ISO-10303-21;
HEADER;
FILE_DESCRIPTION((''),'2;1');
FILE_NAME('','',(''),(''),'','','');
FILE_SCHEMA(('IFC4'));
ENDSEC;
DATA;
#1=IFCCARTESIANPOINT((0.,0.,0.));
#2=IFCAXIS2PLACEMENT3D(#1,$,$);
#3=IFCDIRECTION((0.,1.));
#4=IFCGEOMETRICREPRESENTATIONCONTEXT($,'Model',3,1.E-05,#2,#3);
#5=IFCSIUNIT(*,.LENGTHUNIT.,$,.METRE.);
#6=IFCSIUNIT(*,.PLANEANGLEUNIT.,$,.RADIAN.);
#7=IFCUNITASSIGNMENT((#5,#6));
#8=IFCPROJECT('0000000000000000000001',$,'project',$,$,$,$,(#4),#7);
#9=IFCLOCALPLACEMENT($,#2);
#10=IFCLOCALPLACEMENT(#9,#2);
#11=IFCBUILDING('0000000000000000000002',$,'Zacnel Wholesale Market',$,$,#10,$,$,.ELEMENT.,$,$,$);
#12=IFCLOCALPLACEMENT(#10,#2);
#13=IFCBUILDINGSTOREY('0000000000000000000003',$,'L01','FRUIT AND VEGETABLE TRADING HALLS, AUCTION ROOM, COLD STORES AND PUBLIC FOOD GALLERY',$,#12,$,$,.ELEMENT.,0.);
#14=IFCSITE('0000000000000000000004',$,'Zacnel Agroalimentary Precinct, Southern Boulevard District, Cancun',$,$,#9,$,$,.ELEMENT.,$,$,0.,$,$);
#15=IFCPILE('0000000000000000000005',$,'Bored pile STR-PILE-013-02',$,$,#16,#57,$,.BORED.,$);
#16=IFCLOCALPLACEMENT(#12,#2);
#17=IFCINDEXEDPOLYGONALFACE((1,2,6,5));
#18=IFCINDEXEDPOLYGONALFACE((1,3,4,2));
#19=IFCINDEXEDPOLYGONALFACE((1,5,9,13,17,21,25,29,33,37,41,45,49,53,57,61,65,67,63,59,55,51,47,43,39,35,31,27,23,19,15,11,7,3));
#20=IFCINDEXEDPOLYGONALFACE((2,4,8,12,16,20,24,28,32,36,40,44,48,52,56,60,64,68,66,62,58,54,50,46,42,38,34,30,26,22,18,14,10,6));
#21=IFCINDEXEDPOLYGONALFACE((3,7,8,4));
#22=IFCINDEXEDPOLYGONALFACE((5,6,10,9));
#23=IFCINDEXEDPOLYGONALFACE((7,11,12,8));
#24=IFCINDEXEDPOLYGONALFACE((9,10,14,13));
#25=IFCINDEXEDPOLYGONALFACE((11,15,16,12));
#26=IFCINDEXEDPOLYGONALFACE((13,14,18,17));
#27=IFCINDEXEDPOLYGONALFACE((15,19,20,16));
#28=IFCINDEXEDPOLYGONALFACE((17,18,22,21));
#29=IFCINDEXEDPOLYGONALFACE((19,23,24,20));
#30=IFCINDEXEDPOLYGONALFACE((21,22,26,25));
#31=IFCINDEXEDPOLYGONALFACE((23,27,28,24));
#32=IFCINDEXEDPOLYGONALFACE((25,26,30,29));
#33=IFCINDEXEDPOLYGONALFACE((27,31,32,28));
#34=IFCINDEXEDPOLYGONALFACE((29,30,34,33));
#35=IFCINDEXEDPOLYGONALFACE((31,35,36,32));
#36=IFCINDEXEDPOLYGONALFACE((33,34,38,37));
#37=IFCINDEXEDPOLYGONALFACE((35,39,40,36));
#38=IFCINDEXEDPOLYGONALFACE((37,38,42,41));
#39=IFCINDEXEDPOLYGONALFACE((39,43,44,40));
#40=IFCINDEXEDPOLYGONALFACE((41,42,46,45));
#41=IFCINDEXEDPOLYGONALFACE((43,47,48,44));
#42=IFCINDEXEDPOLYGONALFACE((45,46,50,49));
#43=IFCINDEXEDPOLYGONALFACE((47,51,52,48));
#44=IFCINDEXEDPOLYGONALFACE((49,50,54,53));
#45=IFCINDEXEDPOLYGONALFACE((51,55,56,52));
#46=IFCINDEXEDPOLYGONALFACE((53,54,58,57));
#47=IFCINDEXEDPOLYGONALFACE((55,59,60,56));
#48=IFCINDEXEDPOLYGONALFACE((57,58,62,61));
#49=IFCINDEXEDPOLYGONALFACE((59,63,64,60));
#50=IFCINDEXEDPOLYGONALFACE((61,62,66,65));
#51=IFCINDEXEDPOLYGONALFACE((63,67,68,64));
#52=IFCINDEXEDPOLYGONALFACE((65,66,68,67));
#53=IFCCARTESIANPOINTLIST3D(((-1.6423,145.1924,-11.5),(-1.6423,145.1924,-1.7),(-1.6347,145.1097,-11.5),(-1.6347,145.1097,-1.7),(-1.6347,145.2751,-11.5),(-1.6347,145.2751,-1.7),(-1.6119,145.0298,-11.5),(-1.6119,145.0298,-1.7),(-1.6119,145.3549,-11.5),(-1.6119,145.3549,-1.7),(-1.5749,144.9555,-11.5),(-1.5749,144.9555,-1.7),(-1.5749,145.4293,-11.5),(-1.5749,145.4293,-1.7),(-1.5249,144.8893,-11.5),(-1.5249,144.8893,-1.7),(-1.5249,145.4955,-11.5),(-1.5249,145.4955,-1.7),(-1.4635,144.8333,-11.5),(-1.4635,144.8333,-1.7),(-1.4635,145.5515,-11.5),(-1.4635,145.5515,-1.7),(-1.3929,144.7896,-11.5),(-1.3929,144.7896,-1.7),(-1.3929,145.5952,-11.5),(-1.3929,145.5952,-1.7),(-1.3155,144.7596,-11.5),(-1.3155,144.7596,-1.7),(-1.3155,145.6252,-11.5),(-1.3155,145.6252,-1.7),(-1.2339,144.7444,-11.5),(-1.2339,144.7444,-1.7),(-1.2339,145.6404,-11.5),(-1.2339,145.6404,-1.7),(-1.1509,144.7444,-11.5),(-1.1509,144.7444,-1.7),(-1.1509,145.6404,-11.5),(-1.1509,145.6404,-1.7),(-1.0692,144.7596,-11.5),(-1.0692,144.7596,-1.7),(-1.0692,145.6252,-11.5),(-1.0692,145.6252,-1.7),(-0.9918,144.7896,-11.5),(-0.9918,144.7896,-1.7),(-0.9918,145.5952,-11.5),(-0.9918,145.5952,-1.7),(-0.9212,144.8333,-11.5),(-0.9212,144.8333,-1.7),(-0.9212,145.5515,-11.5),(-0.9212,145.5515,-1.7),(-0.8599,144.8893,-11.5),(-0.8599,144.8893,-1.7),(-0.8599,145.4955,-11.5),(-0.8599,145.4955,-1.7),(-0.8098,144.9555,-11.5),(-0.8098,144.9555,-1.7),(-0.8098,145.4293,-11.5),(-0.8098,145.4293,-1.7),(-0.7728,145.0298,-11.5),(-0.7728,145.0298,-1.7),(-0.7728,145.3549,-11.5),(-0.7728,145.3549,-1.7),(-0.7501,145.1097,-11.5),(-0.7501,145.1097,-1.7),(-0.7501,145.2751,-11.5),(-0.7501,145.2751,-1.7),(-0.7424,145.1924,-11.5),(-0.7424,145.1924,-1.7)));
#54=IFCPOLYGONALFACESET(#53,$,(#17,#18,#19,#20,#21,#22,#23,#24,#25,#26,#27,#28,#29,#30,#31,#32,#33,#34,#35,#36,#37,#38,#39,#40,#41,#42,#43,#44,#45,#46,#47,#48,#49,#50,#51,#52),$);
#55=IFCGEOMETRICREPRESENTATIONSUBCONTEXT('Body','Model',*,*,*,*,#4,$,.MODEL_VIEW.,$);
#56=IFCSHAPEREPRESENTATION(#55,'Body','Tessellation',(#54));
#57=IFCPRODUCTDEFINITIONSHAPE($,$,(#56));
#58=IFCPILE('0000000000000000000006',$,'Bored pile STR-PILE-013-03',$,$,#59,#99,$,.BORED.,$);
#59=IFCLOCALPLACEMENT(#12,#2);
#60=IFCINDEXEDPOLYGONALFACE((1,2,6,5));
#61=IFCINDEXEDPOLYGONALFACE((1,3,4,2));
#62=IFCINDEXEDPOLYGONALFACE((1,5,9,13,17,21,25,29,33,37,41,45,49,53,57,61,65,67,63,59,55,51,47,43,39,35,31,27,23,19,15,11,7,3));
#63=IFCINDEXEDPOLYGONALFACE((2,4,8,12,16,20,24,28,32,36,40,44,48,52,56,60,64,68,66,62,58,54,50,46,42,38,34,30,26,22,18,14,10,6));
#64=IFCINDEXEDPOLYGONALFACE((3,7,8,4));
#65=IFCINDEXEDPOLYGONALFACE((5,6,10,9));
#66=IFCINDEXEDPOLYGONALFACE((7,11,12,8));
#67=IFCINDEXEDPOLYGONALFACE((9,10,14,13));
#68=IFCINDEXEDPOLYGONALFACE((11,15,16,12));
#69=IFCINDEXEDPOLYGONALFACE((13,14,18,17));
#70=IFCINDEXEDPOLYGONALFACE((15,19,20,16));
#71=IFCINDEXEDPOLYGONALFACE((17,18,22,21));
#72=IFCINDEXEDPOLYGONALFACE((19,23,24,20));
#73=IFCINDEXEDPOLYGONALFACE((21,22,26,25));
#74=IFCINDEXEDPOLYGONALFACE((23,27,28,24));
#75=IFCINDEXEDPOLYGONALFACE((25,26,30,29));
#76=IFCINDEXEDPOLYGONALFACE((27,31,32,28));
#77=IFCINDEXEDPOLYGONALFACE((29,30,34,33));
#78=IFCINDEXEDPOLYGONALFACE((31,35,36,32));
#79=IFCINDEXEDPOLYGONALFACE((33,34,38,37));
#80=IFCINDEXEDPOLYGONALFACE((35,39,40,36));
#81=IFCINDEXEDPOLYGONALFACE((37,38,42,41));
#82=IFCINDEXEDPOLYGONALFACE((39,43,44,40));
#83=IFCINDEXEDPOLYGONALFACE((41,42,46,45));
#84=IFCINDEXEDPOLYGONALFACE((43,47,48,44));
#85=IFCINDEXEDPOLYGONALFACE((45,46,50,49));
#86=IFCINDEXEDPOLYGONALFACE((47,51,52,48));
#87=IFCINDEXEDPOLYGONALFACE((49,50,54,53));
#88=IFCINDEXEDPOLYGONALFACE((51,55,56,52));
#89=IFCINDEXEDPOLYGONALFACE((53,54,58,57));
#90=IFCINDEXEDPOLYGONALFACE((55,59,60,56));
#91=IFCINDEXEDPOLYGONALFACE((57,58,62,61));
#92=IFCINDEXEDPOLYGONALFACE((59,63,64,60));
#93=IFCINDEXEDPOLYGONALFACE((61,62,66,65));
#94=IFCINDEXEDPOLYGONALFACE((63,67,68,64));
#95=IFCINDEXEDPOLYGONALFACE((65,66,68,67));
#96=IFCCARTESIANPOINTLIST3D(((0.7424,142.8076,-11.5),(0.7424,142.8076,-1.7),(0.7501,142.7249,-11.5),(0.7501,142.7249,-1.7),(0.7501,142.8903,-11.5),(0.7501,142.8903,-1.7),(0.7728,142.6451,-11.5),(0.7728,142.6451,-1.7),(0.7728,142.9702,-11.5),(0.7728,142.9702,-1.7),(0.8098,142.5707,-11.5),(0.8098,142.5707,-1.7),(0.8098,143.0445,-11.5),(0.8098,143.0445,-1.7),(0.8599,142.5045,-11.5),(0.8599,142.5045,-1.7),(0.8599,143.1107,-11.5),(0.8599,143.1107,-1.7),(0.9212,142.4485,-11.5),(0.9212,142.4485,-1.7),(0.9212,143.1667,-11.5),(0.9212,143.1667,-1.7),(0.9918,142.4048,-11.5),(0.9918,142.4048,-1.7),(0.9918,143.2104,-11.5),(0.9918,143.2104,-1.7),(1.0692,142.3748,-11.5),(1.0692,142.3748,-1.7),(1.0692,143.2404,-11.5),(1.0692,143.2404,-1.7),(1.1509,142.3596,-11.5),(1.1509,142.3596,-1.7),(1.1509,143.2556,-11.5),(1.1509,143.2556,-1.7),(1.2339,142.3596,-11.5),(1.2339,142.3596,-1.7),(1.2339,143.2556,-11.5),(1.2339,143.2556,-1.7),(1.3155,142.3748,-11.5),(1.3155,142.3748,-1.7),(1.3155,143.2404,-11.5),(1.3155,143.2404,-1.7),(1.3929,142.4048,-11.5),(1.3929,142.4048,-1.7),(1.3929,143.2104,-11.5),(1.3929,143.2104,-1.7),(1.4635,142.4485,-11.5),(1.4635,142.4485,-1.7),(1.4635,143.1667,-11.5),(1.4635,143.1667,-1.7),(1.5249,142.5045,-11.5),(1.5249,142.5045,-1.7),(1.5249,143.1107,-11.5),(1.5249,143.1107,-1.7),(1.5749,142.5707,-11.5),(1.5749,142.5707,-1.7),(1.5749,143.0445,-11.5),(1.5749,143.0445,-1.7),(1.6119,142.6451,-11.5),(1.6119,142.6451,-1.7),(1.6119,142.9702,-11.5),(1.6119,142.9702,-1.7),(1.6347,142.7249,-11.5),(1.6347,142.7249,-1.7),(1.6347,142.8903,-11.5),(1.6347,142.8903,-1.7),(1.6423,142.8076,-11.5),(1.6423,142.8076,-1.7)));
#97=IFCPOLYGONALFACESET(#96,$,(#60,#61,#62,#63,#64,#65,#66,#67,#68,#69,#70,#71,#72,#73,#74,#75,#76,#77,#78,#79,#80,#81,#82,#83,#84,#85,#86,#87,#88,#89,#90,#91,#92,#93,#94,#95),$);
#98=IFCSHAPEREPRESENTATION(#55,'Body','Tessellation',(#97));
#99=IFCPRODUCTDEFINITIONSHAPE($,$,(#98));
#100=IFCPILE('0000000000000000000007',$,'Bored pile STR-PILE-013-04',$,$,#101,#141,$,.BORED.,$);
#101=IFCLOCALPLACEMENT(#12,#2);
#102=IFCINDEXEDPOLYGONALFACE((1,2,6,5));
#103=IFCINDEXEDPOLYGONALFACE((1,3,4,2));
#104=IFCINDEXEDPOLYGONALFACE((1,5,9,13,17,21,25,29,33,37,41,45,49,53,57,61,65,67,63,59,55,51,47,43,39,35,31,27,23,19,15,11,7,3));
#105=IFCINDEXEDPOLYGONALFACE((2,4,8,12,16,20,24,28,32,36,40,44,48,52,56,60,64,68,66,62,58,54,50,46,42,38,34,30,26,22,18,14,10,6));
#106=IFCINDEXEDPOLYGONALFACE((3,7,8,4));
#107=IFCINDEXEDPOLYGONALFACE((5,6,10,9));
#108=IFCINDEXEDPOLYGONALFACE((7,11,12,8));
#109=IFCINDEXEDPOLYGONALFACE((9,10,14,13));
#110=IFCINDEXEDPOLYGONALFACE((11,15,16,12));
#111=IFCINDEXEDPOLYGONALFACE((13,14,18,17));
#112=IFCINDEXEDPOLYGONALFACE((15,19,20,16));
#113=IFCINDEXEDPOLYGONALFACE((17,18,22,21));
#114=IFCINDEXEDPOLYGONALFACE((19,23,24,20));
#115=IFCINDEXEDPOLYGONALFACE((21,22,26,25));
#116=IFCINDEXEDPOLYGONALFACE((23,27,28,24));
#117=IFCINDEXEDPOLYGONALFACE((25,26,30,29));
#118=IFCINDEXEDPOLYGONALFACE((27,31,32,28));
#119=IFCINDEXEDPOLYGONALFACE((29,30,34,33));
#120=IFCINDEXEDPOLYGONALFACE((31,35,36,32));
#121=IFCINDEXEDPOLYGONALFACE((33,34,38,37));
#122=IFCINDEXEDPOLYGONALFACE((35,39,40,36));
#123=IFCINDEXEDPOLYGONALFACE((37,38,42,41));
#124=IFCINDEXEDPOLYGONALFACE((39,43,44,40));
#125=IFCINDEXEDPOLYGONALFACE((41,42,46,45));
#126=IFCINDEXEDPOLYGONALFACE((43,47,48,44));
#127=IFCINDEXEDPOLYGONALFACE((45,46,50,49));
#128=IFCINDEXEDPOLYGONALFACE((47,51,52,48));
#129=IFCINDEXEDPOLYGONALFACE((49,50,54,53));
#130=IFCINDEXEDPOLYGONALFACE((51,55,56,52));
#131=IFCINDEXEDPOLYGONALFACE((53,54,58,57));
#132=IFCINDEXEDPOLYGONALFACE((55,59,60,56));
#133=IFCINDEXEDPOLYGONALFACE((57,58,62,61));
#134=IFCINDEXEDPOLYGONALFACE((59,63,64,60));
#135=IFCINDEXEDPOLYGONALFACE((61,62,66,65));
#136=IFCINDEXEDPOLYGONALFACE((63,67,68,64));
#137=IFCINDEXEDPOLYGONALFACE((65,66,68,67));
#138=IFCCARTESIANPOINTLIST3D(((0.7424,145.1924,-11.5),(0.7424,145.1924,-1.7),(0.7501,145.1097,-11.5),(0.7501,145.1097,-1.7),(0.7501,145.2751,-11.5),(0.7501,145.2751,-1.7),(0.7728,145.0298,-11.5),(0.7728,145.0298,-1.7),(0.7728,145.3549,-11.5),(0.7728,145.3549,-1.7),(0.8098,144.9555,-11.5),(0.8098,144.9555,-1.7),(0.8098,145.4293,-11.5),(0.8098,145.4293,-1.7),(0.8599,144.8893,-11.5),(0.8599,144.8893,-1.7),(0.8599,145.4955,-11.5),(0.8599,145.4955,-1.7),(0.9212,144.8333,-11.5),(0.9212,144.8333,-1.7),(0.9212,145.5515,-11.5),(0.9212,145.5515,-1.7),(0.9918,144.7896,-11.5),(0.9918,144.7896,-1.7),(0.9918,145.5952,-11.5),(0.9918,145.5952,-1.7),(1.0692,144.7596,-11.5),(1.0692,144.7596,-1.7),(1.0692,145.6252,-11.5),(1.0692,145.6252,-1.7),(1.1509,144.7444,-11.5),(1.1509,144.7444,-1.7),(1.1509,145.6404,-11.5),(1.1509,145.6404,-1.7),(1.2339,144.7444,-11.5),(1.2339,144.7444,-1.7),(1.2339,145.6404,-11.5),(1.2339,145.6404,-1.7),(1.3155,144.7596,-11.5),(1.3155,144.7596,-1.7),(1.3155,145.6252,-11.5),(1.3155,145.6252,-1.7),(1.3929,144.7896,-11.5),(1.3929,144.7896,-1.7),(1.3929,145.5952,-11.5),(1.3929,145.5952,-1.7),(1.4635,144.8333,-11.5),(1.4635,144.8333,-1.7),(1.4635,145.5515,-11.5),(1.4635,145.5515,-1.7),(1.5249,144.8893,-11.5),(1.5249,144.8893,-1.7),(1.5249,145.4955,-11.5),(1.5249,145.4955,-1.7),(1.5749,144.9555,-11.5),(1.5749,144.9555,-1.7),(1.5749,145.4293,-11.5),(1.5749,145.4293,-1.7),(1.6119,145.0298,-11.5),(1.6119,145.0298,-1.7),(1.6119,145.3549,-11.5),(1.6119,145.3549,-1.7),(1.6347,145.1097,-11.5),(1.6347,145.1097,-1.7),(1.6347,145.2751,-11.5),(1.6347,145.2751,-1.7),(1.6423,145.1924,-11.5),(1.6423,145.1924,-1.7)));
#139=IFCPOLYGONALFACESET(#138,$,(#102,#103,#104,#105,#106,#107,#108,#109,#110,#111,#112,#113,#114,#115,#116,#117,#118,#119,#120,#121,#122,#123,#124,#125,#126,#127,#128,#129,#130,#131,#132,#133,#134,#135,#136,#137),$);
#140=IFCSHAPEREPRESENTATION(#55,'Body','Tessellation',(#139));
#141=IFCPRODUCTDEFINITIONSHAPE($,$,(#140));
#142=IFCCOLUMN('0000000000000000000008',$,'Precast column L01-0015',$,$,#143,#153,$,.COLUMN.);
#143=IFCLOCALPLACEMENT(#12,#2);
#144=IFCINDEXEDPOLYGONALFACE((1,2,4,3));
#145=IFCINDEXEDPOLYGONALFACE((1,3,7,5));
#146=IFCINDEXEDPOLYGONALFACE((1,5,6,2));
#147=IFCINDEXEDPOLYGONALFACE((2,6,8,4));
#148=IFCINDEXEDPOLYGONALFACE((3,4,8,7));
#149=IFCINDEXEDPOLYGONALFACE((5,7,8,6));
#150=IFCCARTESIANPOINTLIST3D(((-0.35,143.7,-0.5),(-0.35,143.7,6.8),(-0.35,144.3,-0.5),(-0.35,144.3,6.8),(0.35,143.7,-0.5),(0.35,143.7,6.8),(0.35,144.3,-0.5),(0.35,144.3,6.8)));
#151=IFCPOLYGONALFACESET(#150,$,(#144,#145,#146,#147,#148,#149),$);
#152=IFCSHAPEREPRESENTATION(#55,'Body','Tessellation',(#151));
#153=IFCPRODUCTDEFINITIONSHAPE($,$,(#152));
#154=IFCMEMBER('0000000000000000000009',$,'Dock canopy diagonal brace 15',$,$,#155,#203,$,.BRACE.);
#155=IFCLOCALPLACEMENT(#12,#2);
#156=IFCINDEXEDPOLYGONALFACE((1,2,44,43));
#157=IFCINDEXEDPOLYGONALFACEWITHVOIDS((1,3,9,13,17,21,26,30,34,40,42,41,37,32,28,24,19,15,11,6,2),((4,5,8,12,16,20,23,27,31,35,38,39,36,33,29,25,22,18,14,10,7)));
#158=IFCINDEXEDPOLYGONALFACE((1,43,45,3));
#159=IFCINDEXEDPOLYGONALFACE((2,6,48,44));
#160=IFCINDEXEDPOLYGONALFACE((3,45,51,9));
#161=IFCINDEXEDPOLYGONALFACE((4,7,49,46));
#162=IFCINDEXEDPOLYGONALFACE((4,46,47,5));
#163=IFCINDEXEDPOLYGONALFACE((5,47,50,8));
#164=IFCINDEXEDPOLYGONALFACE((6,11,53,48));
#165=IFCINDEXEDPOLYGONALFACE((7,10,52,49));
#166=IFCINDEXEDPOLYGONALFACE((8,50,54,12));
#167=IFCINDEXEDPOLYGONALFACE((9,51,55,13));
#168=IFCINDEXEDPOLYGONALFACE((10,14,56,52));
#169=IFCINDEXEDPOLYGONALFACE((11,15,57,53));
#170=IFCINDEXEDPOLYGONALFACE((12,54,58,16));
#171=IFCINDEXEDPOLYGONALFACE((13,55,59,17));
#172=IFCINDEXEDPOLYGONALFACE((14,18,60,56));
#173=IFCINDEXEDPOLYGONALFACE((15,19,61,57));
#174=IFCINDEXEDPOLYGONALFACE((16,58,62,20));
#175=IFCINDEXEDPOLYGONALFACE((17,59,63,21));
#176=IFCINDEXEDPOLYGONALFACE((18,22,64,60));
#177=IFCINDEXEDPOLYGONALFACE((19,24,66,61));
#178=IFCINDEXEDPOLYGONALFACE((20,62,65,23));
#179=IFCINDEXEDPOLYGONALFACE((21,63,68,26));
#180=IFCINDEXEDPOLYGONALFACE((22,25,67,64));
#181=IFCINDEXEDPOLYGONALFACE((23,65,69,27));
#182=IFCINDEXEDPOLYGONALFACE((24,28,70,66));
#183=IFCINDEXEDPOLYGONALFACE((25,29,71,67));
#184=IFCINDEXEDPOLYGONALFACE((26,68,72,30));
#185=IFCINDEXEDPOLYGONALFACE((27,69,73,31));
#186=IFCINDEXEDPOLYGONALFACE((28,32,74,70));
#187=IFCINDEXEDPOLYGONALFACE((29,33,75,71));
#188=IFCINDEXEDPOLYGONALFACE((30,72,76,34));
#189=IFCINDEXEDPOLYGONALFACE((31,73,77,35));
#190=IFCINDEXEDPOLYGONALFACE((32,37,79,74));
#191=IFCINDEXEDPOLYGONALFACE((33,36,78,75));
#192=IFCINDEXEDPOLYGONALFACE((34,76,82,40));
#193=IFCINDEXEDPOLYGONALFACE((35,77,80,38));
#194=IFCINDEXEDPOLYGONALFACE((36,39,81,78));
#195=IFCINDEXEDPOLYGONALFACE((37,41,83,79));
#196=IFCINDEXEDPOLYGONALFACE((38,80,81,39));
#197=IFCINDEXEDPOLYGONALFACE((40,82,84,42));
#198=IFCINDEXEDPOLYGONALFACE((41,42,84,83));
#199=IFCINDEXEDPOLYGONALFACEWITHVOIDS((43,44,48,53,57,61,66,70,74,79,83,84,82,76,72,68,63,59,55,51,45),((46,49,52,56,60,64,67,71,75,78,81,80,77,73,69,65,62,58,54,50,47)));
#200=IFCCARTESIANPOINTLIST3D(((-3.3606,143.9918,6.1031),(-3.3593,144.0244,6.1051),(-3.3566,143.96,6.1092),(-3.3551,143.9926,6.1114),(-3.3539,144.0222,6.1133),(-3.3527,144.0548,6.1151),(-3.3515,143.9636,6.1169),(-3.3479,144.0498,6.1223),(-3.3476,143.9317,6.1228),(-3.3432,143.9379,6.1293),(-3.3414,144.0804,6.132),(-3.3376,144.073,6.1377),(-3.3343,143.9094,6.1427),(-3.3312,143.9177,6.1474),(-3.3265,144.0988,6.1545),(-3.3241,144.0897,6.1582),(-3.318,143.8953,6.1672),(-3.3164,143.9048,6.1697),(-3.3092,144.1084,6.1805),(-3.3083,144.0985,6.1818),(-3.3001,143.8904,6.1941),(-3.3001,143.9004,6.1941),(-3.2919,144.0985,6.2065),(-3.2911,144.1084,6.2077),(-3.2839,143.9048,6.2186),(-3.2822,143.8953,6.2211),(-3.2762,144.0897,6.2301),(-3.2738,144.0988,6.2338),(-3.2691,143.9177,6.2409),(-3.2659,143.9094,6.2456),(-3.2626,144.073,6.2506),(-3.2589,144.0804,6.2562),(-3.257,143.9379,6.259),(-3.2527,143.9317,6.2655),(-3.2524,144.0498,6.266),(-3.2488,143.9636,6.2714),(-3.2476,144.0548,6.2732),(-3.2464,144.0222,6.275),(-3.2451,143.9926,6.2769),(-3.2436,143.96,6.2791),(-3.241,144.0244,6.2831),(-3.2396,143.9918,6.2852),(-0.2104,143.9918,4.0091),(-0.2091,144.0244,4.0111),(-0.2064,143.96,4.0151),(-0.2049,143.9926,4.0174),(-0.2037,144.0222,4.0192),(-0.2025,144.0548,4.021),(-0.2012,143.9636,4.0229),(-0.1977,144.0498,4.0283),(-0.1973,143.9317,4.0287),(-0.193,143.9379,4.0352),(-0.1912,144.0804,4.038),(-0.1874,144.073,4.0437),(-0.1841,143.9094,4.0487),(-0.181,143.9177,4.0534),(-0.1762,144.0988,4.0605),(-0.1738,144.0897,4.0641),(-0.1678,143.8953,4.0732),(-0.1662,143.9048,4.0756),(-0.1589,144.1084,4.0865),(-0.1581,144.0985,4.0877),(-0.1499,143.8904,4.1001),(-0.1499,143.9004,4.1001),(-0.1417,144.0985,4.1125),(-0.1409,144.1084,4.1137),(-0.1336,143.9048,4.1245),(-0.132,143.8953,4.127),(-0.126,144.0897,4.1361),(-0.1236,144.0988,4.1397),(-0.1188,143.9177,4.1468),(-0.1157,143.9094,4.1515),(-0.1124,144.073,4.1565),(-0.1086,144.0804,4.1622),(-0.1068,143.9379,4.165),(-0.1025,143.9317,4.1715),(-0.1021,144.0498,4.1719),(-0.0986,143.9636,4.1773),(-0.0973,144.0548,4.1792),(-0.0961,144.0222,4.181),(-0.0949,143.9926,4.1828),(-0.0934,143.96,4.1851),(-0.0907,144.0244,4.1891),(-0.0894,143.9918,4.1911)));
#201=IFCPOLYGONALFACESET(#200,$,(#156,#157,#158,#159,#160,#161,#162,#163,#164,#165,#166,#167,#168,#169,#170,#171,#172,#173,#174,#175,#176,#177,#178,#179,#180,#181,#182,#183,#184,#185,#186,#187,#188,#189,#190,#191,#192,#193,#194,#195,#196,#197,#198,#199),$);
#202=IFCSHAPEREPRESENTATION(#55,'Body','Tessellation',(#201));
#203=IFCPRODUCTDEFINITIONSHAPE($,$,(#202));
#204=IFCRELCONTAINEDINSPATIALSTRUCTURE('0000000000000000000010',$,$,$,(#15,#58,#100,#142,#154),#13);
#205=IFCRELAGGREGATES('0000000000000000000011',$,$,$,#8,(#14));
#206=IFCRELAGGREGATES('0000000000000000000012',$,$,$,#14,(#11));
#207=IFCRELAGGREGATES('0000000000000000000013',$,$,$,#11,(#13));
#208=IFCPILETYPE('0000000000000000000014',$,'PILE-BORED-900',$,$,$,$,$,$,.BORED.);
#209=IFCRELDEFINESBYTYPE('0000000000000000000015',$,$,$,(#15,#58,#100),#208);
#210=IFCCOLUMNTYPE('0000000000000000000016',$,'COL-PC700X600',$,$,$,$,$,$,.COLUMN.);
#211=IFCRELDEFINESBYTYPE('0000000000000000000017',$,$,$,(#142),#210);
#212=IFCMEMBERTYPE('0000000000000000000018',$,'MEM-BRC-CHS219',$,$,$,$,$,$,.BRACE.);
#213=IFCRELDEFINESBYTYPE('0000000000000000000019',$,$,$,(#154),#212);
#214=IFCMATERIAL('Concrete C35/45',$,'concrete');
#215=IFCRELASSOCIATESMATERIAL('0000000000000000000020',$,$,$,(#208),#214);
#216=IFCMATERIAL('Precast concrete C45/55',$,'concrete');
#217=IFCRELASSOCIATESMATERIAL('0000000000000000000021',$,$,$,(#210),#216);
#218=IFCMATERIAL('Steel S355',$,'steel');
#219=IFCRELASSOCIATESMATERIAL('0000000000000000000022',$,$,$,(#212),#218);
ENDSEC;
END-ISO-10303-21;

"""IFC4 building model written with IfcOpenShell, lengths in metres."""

from ifc_helpers import new_model, si_unit, direction, frame, origin, origin_2d, place, context, subcontext, project, spatial, rectangle, circle, hollow_circle, extrude, material, material_profile, profile_set, type_object, element, save


model = new_model("IFC4")

# Units and contexts
model_context = context("Model", 3, precision=1e-05, world=origin(), true_north=direction((0.0, 1.0)))
body_context = subcontext(model_context, "Body", "Model", "MODEL_VIEW")
ifc_project = project(units=[si_unit("LENGTHUNIT", "METRE"), si_unit("PLANEANGLEUNIT", "RADIAN")], contexts=[model_context])

# Site, building, storey
site_placement = place(None, origin())
site = spatial("IfcSite", under=ifc_project, at=site_placement, Name="Zacnel Agroalimentary Precinct, Southern Boulevard District, Cancun", CompositionType="ELEMENT", RefElevation=0.0)
building_placement = place(site_placement, origin())
building = spatial("IfcBuilding", under=site, at=building_placement, Name="Zacnel Wholesale Market", CompositionType="ELEMENT")
storey_placement = place(building_placement, origin())
storey = spatial("IfcBuildingStorey", under=building, at=storey_placement, Name="L01", Description="FRUIT AND VEGETABLE TRADING HALLS, AUCTION ROOM, COLD STORES AND PUBLIC FOOD GALLERY", CompositionType="ELEMENT", Elevation=0.0)

# Piles
ifc_material_1 = material(Name="Concrete C35/45", Category="concrete")
ifc_material_profile_1 = material_profile(ifc_material_1, circle(Radius=0.45, at=origin_2d()), Name="BORED PILE D900")
ifc_profile_set_1 = profile_set([ifc_material_profile_1], Name="Concrete C35/45")
pile_type = type_object("IfcPileType", Name="PILE-BORED-900", PredefinedType="BORED", material=ifc_profile_set_1)
for number, where, z_axis, x_axis, name in (
    (1, (-1.1924, 145.1924, -1.7), (0.0, 0.0, -1.0), (1.0, 0.0, 0.0), "Bored pile STR-PILE-013-02"),
    (2, (1.1924, 142.8076, -1.7), (0.0, 0.0, -1.0), (1.0, 0.0, 0.0), "Bored pile STR-PILE-013-03"),
    (3, (1.1924, 145.1924, -1.7), (0.0, 0.0, -1.0), (1.0, 0.0, 0.0), "Bored pile STR-PILE-013-04"),
):
    element("IfcPile", number, at=place(storey_placement, frame(where, z_axis=z_axis, x_axis=x_axis)), inside=storey, type_object=pile_type, Name=name, PredefinedType="BORED", context=body_context, shape_type="SweptSolid", body=[
        extrude(circle(Radius=0.45, at=origin_2d()), origin(), (0.0, 0.0, 1.0), 9.8),
    ])

# Column
ifc_material_2 = material(Name="Precast concrete C45/55", Category="concrete")
ifc_material_profile_2 = material_profile(ifc_material_2, rectangle(XDim=0.7, YDim=0.6001, at=origin_2d()), Name="PC 700x600")
ifc_profile_set_2 = profile_set([ifc_material_profile_2], Name="Precast concrete C45/55")
column_type = type_object("IfcColumnType", Name="COL-PC700X600", PredefinedType="COLUMN", material=ifc_profile_set_2)
column_placement = place(storey_placement, frame((0.0, 144.0, -0.5), z_axis=(0.0, 0.0, 1.0), x_axis=(1.0, 0.0, 0.0)))
element("IfcColumn", 4, at=column_placement, inside=storey, type_object=column_type, Name="Precast column L01-0015", PredefinedType="COLUMN", context=body_context, shape_type="SweptSolid", body=[
    extrude(rectangle(XDim=0.7, YDim=0.6001, at=origin_2d()), origin(), (0.0, 0.0, 1.0), 7.3),
])

# Member
ifc_material_3 = material(Name="Steel S355", Category="steel")
ifc_material_profile_3 = material_profile(ifc_material_3, hollow_circle(Radius=0.1096, WallThickness=0.01, at=origin_2d()), Name="CHS 219.1x10")
ifc_profile_set_3 = profile_set([ifc_material_profile_3], Name="Steel S355")
member_type = type_object("IfcMemberType", Name="MEM-BRC-CHS219", PredefinedType="BRACE", material=ifc_profile_set_3)
member_placement = place(storey_placement, frame((-0.1499, 144.0, 4.1001), z_axis=(-0.832794, 0.0, 0.553583), x_axis=(0.0, -1.0, 0.0)))
element("IfcMember", 5, at=member_placement, inside=storey, type_object=member_type, Name="Dock canopy diagonal brace 15", PredefinedType="BRACE", context=body_context, shape_type="SweptSolid", body=[
    extrude(hollow_circle(Radius=0.1096, WallThickness=0.01, at=origin_2d()), origin(), (0.0, 0.0, 1.0), 3.7827),
])

save(model, "model.ifc")
